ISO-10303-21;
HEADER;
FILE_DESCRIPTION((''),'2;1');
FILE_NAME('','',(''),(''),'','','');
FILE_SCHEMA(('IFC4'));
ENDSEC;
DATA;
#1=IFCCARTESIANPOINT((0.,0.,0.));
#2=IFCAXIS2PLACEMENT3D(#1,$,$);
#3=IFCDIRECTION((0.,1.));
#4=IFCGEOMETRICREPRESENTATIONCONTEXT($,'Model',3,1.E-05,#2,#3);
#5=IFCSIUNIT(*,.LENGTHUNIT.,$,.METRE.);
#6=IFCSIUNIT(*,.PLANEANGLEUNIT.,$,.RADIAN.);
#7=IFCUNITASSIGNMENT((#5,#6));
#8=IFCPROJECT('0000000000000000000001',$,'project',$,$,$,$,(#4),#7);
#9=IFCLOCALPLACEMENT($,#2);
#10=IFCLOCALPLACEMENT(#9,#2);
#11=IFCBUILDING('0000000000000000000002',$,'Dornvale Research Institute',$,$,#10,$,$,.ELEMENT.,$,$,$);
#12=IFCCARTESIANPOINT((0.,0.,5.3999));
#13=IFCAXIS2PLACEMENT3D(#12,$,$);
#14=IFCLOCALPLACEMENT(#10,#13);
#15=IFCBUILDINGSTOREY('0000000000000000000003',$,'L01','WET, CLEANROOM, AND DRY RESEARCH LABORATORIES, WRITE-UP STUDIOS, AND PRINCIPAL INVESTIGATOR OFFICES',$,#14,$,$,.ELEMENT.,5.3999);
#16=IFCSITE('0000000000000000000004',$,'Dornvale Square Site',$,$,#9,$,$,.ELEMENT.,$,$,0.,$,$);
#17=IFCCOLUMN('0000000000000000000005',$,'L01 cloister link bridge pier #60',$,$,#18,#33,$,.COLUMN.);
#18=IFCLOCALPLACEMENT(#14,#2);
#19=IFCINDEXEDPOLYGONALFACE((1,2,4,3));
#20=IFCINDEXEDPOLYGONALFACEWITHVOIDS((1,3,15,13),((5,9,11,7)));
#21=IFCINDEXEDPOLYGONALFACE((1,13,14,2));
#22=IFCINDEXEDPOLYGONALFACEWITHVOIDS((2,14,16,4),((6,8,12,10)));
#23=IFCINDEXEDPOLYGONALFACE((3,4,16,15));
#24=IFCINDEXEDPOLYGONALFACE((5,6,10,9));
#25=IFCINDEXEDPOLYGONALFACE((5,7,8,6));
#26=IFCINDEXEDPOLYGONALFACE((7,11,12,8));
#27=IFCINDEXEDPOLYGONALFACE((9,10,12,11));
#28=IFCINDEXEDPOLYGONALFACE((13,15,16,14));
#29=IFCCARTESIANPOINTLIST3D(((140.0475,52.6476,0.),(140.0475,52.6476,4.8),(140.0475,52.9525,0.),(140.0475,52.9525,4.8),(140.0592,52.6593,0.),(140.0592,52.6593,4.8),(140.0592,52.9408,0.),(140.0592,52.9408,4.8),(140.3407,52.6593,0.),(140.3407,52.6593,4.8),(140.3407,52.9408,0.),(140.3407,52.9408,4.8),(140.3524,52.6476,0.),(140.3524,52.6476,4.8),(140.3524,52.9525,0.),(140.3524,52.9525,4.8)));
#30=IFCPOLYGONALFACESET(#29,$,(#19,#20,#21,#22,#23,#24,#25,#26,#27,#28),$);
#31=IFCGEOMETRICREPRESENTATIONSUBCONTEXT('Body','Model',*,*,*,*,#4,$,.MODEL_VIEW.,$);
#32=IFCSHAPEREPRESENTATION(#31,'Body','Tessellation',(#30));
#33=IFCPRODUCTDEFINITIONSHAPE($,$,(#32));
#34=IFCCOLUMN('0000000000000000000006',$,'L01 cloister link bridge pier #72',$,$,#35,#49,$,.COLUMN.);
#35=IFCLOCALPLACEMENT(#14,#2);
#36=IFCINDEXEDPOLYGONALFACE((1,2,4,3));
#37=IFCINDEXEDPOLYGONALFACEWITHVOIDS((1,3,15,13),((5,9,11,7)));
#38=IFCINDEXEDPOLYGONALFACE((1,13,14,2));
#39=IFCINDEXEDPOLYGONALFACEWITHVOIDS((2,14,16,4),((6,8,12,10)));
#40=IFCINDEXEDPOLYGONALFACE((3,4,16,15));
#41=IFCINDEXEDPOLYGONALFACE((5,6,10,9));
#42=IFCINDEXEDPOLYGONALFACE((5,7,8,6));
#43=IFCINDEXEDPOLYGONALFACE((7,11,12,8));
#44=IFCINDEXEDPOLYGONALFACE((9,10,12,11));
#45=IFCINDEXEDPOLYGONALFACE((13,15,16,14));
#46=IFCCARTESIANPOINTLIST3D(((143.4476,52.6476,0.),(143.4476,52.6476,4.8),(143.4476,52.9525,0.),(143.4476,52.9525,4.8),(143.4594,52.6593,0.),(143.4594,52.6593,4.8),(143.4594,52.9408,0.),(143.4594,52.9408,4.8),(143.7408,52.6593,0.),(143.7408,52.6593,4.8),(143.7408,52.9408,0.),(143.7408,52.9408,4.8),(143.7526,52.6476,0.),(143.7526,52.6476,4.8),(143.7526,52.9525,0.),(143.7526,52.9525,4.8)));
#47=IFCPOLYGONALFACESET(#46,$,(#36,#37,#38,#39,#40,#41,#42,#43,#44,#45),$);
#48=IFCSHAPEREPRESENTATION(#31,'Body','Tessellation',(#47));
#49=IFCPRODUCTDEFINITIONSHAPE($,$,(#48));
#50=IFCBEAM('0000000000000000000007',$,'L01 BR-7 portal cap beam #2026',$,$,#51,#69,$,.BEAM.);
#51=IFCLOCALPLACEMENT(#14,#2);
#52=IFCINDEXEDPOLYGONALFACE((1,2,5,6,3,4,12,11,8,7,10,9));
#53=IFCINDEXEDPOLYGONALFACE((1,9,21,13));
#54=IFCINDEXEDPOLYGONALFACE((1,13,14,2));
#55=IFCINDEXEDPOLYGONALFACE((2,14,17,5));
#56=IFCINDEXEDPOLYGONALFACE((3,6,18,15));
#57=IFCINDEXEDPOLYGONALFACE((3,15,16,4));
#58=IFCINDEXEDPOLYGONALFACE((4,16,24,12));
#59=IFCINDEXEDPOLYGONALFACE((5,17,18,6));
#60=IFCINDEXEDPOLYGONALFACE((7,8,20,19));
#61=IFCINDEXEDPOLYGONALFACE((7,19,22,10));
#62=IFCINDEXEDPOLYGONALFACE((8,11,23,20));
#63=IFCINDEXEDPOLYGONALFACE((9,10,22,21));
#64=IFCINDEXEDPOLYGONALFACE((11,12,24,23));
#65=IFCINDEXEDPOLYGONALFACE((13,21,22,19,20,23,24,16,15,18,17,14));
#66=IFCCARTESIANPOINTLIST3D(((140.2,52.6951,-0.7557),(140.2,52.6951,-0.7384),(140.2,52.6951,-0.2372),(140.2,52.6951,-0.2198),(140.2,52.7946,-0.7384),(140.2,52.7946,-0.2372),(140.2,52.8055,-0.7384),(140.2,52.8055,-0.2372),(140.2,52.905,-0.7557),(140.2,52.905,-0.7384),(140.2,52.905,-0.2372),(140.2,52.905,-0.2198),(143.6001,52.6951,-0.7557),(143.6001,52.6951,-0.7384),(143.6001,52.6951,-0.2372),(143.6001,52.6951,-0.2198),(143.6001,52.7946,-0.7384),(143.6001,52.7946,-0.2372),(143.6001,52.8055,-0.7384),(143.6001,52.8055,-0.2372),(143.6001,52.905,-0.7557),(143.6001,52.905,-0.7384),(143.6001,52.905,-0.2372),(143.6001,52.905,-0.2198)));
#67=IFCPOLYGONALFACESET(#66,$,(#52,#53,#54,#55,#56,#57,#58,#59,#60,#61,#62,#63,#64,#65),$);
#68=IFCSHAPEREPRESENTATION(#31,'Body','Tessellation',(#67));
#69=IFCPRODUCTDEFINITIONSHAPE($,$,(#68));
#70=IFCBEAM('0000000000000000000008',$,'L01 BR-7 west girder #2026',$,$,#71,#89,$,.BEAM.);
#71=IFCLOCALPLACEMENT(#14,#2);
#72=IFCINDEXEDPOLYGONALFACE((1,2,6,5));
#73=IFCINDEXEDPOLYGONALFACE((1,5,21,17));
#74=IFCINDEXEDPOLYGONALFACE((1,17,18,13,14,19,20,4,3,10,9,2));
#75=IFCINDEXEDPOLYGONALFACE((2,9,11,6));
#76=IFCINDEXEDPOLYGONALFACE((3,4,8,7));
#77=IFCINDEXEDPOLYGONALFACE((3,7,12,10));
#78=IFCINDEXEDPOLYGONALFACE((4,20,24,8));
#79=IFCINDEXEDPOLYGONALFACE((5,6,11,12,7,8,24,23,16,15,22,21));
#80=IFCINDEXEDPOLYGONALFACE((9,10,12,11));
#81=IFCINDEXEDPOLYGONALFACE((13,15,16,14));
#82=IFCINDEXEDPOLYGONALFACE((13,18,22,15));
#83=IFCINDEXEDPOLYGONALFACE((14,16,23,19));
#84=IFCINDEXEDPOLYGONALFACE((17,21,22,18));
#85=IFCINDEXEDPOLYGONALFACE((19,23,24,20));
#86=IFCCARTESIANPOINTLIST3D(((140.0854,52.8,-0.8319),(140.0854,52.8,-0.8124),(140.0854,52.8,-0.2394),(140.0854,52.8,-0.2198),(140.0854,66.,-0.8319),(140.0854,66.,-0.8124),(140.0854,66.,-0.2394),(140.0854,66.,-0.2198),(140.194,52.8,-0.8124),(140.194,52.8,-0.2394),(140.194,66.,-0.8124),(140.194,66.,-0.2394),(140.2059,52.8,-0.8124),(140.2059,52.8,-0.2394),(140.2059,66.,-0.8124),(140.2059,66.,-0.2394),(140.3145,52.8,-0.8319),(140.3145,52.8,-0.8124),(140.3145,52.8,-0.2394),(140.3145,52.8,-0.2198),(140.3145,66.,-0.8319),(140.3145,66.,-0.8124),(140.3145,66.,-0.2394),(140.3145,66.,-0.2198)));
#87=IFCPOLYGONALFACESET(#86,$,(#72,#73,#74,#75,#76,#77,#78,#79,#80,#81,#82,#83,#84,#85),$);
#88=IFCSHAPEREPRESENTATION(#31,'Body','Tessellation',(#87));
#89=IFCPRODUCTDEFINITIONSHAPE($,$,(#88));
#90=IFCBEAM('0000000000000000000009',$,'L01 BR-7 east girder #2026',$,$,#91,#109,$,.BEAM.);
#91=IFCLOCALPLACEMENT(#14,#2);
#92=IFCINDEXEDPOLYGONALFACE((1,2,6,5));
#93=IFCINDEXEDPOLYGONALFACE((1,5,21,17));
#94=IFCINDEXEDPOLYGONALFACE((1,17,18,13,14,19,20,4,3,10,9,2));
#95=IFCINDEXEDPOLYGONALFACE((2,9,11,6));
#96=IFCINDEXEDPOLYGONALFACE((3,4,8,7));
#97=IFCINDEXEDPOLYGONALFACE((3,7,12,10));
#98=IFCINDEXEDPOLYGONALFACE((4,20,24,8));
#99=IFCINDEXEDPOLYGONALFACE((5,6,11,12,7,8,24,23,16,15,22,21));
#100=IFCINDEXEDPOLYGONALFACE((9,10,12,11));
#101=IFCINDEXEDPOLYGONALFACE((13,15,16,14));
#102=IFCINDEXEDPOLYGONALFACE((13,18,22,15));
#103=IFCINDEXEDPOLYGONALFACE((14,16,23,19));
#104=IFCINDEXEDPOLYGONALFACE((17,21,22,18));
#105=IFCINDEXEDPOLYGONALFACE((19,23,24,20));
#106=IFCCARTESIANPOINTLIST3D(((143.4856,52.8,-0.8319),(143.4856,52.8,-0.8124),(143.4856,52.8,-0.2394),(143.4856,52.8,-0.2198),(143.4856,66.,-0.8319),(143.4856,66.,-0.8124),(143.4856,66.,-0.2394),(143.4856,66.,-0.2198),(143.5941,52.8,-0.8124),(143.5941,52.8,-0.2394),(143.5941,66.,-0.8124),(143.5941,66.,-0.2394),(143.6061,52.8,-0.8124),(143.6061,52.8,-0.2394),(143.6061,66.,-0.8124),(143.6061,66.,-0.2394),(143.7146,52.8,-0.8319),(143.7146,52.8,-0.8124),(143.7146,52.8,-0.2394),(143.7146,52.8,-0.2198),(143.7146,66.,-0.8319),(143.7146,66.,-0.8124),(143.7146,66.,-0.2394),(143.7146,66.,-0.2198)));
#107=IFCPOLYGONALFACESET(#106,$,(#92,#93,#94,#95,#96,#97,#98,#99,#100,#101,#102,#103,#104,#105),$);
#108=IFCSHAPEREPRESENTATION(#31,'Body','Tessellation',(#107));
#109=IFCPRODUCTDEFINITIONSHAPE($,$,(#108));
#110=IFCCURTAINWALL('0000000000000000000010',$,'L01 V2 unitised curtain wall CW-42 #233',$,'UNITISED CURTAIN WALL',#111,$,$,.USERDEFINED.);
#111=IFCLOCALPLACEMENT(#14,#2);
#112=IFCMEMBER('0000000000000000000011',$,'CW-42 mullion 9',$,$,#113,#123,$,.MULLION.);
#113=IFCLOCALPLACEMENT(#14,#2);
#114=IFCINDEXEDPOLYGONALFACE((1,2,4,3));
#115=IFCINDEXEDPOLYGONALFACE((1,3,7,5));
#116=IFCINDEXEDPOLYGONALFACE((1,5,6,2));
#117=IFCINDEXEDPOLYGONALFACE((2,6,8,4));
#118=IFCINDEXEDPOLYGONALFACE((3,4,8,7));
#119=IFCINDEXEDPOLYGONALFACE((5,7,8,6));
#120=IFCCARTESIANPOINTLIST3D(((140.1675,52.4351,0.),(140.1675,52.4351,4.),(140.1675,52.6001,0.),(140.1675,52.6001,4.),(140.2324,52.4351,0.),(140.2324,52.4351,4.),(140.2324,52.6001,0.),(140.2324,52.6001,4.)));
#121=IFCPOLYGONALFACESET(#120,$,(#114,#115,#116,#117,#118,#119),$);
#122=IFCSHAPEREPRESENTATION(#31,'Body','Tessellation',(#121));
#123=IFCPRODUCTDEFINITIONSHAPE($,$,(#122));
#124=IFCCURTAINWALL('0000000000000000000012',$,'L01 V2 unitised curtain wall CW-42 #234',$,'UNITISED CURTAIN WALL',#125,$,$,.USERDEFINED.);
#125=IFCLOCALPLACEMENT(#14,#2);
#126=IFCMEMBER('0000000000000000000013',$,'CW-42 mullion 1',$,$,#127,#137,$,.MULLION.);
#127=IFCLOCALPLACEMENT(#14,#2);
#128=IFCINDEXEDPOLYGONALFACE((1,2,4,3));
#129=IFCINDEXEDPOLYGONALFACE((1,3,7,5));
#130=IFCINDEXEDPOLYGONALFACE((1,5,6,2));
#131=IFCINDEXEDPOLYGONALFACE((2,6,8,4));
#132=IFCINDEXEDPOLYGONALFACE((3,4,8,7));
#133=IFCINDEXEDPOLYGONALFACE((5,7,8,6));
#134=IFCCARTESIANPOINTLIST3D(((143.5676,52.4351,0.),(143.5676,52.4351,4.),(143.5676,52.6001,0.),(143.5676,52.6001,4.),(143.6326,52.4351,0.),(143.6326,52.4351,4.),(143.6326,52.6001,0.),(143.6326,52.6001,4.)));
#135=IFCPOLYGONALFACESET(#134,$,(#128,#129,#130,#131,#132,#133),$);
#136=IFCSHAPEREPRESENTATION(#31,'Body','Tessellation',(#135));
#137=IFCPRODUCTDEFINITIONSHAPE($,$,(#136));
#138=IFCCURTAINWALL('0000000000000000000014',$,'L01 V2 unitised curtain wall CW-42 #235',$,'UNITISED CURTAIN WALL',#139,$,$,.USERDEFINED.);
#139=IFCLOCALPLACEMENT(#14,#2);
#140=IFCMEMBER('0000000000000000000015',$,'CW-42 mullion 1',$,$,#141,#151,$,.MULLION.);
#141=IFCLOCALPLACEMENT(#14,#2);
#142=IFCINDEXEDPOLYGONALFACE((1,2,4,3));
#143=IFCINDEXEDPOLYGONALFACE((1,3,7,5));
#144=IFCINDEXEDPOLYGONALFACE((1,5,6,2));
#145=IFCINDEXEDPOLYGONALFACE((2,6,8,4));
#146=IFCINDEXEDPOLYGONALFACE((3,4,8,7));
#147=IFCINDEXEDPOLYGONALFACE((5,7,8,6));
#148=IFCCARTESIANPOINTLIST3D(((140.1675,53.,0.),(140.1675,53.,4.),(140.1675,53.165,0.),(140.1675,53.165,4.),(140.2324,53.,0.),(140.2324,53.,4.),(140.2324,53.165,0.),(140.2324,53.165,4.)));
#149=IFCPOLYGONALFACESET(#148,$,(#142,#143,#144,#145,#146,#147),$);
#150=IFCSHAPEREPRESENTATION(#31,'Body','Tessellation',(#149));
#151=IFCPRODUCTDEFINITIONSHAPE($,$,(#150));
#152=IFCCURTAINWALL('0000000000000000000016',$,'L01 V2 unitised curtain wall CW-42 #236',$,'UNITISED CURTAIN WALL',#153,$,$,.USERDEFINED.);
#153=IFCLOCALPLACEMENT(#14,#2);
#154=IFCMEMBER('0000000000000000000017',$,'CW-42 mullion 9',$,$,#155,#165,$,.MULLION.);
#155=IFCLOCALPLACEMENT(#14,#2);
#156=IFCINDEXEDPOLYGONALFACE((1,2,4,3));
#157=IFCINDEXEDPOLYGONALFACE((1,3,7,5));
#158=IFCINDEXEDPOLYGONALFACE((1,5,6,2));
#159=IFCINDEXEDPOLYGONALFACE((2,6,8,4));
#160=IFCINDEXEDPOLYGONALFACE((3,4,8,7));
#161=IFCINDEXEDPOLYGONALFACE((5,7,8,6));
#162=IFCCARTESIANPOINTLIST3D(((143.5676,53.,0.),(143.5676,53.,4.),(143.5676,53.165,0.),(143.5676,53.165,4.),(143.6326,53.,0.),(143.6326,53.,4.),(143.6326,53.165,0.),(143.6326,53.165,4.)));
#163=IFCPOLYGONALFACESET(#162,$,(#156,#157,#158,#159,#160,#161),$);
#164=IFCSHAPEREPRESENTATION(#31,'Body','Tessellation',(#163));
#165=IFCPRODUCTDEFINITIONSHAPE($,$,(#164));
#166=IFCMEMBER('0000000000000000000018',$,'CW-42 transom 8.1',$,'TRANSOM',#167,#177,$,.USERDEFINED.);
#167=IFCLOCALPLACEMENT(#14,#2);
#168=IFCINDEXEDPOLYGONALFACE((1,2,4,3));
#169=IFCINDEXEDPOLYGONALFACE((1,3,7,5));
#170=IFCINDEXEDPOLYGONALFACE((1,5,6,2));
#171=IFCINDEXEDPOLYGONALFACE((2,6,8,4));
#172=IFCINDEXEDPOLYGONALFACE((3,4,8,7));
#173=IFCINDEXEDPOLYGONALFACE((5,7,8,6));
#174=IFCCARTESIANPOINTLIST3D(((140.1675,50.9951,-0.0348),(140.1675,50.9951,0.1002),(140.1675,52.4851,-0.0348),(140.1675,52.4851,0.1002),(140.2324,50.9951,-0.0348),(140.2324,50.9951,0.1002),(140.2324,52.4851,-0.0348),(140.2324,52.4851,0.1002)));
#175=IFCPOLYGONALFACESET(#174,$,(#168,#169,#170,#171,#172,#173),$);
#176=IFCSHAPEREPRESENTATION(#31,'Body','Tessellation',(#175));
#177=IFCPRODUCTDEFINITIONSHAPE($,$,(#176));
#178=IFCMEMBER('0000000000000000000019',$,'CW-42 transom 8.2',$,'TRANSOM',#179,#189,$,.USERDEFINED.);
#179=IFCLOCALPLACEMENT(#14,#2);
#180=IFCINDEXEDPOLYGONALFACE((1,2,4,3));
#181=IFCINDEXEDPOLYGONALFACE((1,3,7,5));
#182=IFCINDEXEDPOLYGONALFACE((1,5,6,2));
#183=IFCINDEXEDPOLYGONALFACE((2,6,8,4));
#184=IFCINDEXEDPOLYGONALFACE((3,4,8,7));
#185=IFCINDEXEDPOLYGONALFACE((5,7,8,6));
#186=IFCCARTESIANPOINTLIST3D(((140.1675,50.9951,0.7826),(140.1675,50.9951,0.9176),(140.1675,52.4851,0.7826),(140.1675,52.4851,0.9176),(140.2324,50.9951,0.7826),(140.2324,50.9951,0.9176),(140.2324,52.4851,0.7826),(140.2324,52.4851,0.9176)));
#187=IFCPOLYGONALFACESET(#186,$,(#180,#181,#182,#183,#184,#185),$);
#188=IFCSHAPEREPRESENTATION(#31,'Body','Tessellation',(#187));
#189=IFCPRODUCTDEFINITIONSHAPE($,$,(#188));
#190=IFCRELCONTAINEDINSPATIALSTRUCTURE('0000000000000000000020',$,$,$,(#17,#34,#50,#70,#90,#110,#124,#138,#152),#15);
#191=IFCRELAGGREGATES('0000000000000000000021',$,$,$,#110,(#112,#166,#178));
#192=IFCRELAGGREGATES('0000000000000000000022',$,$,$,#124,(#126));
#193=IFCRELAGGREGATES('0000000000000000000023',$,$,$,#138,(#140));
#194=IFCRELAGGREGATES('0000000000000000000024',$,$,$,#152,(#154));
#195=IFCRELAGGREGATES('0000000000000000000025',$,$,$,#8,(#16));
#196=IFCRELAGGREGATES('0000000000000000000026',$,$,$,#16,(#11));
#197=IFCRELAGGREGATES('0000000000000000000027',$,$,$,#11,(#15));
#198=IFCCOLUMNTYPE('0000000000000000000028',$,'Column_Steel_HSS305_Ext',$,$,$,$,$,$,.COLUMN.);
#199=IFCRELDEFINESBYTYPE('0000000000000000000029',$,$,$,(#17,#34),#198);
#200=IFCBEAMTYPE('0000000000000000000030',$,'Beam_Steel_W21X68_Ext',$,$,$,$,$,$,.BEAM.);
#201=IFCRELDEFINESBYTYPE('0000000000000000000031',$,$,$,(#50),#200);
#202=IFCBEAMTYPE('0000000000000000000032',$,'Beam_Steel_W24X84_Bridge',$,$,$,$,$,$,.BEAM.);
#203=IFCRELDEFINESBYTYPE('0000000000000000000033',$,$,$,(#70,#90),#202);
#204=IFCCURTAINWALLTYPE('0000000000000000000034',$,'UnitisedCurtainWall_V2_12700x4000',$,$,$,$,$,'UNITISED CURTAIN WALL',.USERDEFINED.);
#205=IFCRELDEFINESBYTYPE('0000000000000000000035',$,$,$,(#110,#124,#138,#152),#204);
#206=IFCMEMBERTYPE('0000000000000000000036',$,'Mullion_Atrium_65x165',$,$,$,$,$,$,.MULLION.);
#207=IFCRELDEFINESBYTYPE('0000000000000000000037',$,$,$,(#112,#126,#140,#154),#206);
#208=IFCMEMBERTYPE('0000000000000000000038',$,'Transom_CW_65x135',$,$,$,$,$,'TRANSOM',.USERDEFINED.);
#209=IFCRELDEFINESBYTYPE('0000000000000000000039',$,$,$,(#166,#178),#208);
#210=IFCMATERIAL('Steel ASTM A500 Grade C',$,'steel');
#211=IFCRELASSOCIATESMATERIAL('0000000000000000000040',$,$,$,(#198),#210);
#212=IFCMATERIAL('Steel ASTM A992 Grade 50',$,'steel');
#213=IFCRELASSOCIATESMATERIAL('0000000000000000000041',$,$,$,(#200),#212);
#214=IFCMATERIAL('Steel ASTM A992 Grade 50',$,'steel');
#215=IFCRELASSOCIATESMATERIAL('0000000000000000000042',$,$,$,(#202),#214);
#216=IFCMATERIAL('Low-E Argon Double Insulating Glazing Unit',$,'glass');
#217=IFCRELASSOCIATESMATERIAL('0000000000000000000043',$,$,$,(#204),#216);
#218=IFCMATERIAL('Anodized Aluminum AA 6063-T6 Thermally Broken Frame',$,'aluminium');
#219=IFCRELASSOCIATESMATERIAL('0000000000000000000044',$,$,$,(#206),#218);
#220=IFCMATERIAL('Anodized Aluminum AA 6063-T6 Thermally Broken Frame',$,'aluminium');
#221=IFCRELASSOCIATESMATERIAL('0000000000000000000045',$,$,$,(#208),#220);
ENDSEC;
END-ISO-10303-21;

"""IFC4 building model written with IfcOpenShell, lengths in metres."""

from ifc_helpers import new_model, si_unit, direction, frame, origin, origin_2d, place, context, subcontext, project, spatial, rectangle, hollow_rectangle, i_section, extrude, material, material_profile, profile_set, type_object, element, aggregate, save


model = new_model("IFC4")

# Units and contexts
model_context = context("Model", 3, precision=1e-05, world=origin(), true_north=direction((0.0, 1.0)))
body_context = subcontext(model_context, "Body", "Model", "MODEL_VIEW")
ifc_project = project(units=[si_unit("LENGTHUNIT", "METRE"), si_unit("PLANEANGLEUNIT", "RADIAN")], contexts=[model_context])

# Site, building, storey
site_placement = place(None, origin())
site = spatial("IfcSite", under=ifc_project, at=site_placement, Name="Dornvale Square Site", CompositionType="ELEMENT", RefElevation=0.0)
building_placement = place(site_placement, origin())
building = spatial("IfcBuilding", under=site, at=building_placement, Name="Dornvale Research Institute", CompositionType="ELEMENT")
storey_placement = place(building_placement, frame((0.0, 0.0, 5.3999)))
storey = spatial("IfcBuildingStorey", under=building, at=storey_placement, Name="L01", Description="WET, CLEANROOM, AND DRY RESEARCH LABORATORIES, WRITE-UP STUDIOS, AND PRINCIPAL INVESTIGATOR OFFICES", CompositionType="ELEMENT", Elevation=5.3999)

# Columns
ifc_material_1 = material(Name="Steel ASTM A500 Grade C", Category="steel")
ifc_material_profile_1 = material_profile(ifc_material_1, hollow_rectangle(XDim=0.3049, YDim=0.3049, WallThickness=0.0117, at=origin_2d()), Name="HSS305X305X12.7")
ifc_profile_set_1 = profile_set([ifc_material_profile_1], Name="Steel ASTM A500 Grade C")
column_type = type_object("IfcColumnType", Name="Column_Steel_HSS305_Ext", PredefinedType="COLUMN", material=ifc_profile_set_1)
for number, where, z_axis, x_axis, name in (
    (1, (140.2, 52.8, 0.0), (0.0, 0.0, 1.0), (1.0, 0.0, 0.0), "L01 cloister link bridge pier #60"),
    (2, (143.6001, 52.8, 0.0), (0.0, 0.0, 1.0), (1.0, 0.0, 0.0), "L01 cloister link bridge pier #72"),
):
    element("IfcColumn", number, at=place(storey_placement, frame(where, z_axis=z_axis, x_axis=x_axis)), inside=storey, type_object=column_type, Name=name, PredefinedType="COLUMN", context=body_context, shape_type="SweptSolid", body=[
        extrude(hollow_rectangle(XDim=0.3049, YDim=0.3049, WallThickness=0.0117, at=origin_2d()), origin(), (0.0, 0.0, 1.0), 4.8),
    ])

# Beams
ifc_material_2 = material(Name="Steel ASTM A992 Grade 50", Category="steel")
ifc_material_profile_2 = material_profile(ifc_material_2, i_section(OverallWidth=0.21, OverallDepth=0.5359, WebThickness=0.011, FlangeThickness=0.0173, at=origin_2d()), Name="W21X68")
ifc_profile_set_2 = profile_set([ifc_material_profile_2], Name="Steel ASTM A992 Grade 50")
beam_type_1 = type_object("IfcBeamType", Name="Beam_Steel_W21X68_Ext", PredefinedType="BEAM", material=ifc_profile_set_2)
beam_placement = place(storey_placement, frame((140.2, 52.8, -0.4878), z_axis=(1.0, 0.0, 0.0), x_axis=(0.0, 1.0, 0.0)))
element("IfcBeam", 3, at=beam_placement, inside=storey, type_object=beam_type_1, Name="L01 BR-7 portal cap beam #2026", PredefinedType="BEAM", context=body_context, shape_type="SweptSolid", body=[
    extrude(i_section(OverallWidth=0.21, OverallDepth=0.5359, WebThickness=0.011, FlangeThickness=0.0173, at=origin_2d()), origin(), (0.0, 0.0, 1.0), 3.4001),
])
ifc_material_3 = material(Name="Steel ASTM A992 Grade 50", Category="steel")
ifc_material_profile_3 = material_profile(ifc_material_3, i_section(OverallWidth=0.229, OverallDepth=0.6121, WebThickness=0.012, FlangeThickness=0.0195, at=origin_2d()), Name="W24X84")
ifc_profile_set_3 = profile_set([ifc_material_profile_3], Name="Steel ASTM A992 Grade 50")
beam_type_2 = type_object("IfcBeamType", Name="Beam_Steel_W24X84_Bridge", PredefinedType="BEAM", material=ifc_profile_set_3)
for number, where, z_axis, x_axis, name in (
    (4, (140.2, 52.8, -0.5259), (0.0, 1.0, 0.0), (-1.0, 0.0, 0.0), "L01 BR-7 west girder #2026"),
    (5, (143.6001, 52.8, -0.5259), (0.0, 1.0, 0.0), (-1.0, 0.0, 0.0), "L01 BR-7 east girder #2026"),
):
    element("IfcBeam", number, at=place(storey_placement, frame(where, z_axis=z_axis, x_axis=x_axis)), inside=storey, type_object=beam_type_2, Name=name, PredefinedType="BEAM", context=body_context, shape_type="SweptSolid", body=[
        extrude(i_section(OverallWidth=0.229, OverallDepth=0.6121, WebThickness=0.012, FlangeThickness=0.0195, at=origin_2d()), origin(), (0.0, 0.0, 1.0), 13.2),
    ])

# Curtain walls, members
ifc_material_4 = material(Name="Low-E Argon Double Insulating Glazing Unit", Category="glass")
curtain_wall_type = type_object("IfcCurtainWallType", Name="UnitisedCurtainWall_V2_12700x4000", ElementType="UNITISED CURTAIN WALL", PredefinedType="USERDEFINED", material=ifc_material_4)
curtain_wall_1_placement = place(storey_placement, origin())
curtain_wall_1 = element("IfcCurtainWall", 6, at=curtain_wall_1_placement, inside=storey, type_object=curtain_wall_type, Name="L01 V2 unitised curtain wall CW-42 #233", ObjectType="UNITISED CURTAIN WALL", PredefinedType="USERDEFINED")
ifc_material_5 = material(Name="Anodized Aluminum AA 6063-T6 Thermally Broken Frame", Category="aluminium")
ifc_material_profile_4 = material_profile(ifc_material_5, rectangle(XDim=0.0649, YDim=0.165, at=origin_2d()), Name="ALU MULLION 65x165")
ifc_profile_set_4 = profile_set([ifc_material_profile_4], Name="Anodized Aluminum AA 6063-T6 Thermally Broken Frame")
member_type_1 = type_object("IfcMemberType", Name="Mullion_Atrium_65x165", PredefinedType="MULLION", material=ifc_profile_set_4)
member_1_placement = place(storey_placement, frame((140.2, 52.5176, 0.0), z_axis=(0.0, 0.0, 1.0), x_axis=(-1.0, 0.0, 0.0)))
member_1 = element("IfcMember", 7, at=member_1_placement, type_object=member_type_1, Name="CW-42 mullion 9", PredefinedType="MULLION", context=body_context, shape_type="SweptSolid", body=[
    extrude(rectangle(XDim=0.0649, YDim=0.165, at=origin_2d()), origin(), (0.0, 0.0, 1.0), 4.0),
])
curtain_wall_2_placement = place(storey_placement, origin())
curtain_wall_2 = element("IfcCurtainWall", 8, at=curtain_wall_2_placement, inside=storey, type_object=curtain_wall_type, Name="L01 V2 unitised curtain wall CW-42 #234", ObjectType="UNITISED CURTAIN WALL", PredefinedType="USERDEFINED")
member_2_placement = place(storey_placement, frame((143.6001, 52.5176, 0.0), z_axis=(0.0, 0.0, 1.0), x_axis=(1.0, 0.0, 0.0)))
member_2 = element("IfcMember", 9, at=member_2_placement, type_object=member_type_1, Name="CW-42 mullion 1", PredefinedType="MULLION", context=body_context, shape_type="SweptSolid", body=[
    extrude(rectangle(XDim=0.0649, YDim=0.165, at=origin_2d()), origin(), (0.0, 0.0, 1.0), 4.0),
])
curtain_wall_3_placement = place(storey_placement, origin())
curtain_wall_3 = element("IfcCurtainWall", 10, at=curtain_wall_3_placement, inside=storey, type_object=curtain_wall_type, Name="L01 V2 unitised curtain wall CW-42 #235", ObjectType="UNITISED CURTAIN WALL", PredefinedType="USERDEFINED")
member_3_placement = place(storey_placement, frame((140.2, 53.0825, 0.0), z_axis=(0.0, 0.0, 1.0), x_axis=(-1.0, 0.0, 0.0)))
member_3 = element("IfcMember", 11, at=member_3_placement, type_object=member_type_1, Name="CW-42 mullion 1", PredefinedType="MULLION", context=body_context, shape_type="SweptSolid", body=[
    extrude(rectangle(XDim=0.0649, YDim=0.165, at=origin_2d()), origin(), (0.0, 0.0, 1.0), 4.0),
])
curtain_wall_4_placement = place(storey_placement, origin())
curtain_wall_4 = element("IfcCurtainWall", 12, at=curtain_wall_4_placement, inside=storey, type_object=curtain_wall_type, Name="L01 V2 unitised curtain wall CW-42 #236", ObjectType="UNITISED CURTAIN WALL", PredefinedType="USERDEFINED")
member_4_placement = place(storey_placement, frame((143.6001, 53.0825, 0.0), z_axis=(0.0, 0.0, 1.0), x_axis=(1.0, 0.0, 0.0)))
member_4 = element("IfcMember", 13, at=member_4_placement, type_object=member_type_1, Name="CW-42 mullion 9", PredefinedType="MULLION", context=body_context, shape_type="SweptSolid", body=[
    extrude(rectangle(XDim=0.0649, YDim=0.165, at=origin_2d()), origin(), (0.0, 0.0, 1.0), 4.0),
])

# Members
ifc_material_6 = material(Name="Anodized Aluminum AA 6063-T6 Thermally Broken Frame", Category="aluminium")
ifc_material_profile_5 = material_profile(ifc_material_6, rectangle(XDim=0.0649, YDim=0.135, at=origin_2d()), Name="ALU TRANSOM 65x135")
ifc_profile_set_5 = profile_set([ifc_material_profile_5], Name="Anodized Aluminum AA 6063-T6 Thermally Broken Frame")
member_type_2 = type_object("IfcMemberType", Name="Transom_CW_65x135", ElementType="TRANSOM", PredefinedType="USERDEFINED", material=ifc_profile_set_5)
member_5_placement = place(storey_placement, frame((140.2, 50.9951, 0.0327), z_axis=(0.0, 1.0, 0.0), x_axis=(-1.0, 0.0, 0.0)))
member_5 = element("IfcMember", 14, at=member_5_placement, type_object=member_type_2, Name="CW-42 transom 8.1", ObjectType="TRANSOM", PredefinedType="USERDEFINED", context=body_context, shape_type="SweptSolid", body=[
    extrude(rectangle(XDim=0.0649, YDim=0.135, at=origin_2d()), origin(), (0.0, 0.0, 1.0), 1.49),
])
member_6_placement = place(storey_placement, frame((140.2, 50.9951, 0.8501), z_axis=(0.0, 1.0, 0.0), x_axis=(-1.0, 0.0, 0.0)))
member_6 = element("IfcMember", 15, at=member_6_placement, type_object=member_type_2, Name="CW-42 transom 8.2", ObjectType="TRANSOM", PredefinedType="USERDEFINED", context=body_context, shape_type="SweptSolid", body=[
    extrude(rectangle(XDim=0.0649, YDim=0.135, at=origin_2d()), origin(), (0.0, 0.0, 1.0), 1.49),
])

aggregate(curtain_wall_1, [member_1, member_5, member_6])
aggregate(curtain_wall_2, [member_2])
aggregate(curtain_wall_3, [member_3])
aggregate(curtain_wall_4, [member_4])

save(model, "model.ifc")
